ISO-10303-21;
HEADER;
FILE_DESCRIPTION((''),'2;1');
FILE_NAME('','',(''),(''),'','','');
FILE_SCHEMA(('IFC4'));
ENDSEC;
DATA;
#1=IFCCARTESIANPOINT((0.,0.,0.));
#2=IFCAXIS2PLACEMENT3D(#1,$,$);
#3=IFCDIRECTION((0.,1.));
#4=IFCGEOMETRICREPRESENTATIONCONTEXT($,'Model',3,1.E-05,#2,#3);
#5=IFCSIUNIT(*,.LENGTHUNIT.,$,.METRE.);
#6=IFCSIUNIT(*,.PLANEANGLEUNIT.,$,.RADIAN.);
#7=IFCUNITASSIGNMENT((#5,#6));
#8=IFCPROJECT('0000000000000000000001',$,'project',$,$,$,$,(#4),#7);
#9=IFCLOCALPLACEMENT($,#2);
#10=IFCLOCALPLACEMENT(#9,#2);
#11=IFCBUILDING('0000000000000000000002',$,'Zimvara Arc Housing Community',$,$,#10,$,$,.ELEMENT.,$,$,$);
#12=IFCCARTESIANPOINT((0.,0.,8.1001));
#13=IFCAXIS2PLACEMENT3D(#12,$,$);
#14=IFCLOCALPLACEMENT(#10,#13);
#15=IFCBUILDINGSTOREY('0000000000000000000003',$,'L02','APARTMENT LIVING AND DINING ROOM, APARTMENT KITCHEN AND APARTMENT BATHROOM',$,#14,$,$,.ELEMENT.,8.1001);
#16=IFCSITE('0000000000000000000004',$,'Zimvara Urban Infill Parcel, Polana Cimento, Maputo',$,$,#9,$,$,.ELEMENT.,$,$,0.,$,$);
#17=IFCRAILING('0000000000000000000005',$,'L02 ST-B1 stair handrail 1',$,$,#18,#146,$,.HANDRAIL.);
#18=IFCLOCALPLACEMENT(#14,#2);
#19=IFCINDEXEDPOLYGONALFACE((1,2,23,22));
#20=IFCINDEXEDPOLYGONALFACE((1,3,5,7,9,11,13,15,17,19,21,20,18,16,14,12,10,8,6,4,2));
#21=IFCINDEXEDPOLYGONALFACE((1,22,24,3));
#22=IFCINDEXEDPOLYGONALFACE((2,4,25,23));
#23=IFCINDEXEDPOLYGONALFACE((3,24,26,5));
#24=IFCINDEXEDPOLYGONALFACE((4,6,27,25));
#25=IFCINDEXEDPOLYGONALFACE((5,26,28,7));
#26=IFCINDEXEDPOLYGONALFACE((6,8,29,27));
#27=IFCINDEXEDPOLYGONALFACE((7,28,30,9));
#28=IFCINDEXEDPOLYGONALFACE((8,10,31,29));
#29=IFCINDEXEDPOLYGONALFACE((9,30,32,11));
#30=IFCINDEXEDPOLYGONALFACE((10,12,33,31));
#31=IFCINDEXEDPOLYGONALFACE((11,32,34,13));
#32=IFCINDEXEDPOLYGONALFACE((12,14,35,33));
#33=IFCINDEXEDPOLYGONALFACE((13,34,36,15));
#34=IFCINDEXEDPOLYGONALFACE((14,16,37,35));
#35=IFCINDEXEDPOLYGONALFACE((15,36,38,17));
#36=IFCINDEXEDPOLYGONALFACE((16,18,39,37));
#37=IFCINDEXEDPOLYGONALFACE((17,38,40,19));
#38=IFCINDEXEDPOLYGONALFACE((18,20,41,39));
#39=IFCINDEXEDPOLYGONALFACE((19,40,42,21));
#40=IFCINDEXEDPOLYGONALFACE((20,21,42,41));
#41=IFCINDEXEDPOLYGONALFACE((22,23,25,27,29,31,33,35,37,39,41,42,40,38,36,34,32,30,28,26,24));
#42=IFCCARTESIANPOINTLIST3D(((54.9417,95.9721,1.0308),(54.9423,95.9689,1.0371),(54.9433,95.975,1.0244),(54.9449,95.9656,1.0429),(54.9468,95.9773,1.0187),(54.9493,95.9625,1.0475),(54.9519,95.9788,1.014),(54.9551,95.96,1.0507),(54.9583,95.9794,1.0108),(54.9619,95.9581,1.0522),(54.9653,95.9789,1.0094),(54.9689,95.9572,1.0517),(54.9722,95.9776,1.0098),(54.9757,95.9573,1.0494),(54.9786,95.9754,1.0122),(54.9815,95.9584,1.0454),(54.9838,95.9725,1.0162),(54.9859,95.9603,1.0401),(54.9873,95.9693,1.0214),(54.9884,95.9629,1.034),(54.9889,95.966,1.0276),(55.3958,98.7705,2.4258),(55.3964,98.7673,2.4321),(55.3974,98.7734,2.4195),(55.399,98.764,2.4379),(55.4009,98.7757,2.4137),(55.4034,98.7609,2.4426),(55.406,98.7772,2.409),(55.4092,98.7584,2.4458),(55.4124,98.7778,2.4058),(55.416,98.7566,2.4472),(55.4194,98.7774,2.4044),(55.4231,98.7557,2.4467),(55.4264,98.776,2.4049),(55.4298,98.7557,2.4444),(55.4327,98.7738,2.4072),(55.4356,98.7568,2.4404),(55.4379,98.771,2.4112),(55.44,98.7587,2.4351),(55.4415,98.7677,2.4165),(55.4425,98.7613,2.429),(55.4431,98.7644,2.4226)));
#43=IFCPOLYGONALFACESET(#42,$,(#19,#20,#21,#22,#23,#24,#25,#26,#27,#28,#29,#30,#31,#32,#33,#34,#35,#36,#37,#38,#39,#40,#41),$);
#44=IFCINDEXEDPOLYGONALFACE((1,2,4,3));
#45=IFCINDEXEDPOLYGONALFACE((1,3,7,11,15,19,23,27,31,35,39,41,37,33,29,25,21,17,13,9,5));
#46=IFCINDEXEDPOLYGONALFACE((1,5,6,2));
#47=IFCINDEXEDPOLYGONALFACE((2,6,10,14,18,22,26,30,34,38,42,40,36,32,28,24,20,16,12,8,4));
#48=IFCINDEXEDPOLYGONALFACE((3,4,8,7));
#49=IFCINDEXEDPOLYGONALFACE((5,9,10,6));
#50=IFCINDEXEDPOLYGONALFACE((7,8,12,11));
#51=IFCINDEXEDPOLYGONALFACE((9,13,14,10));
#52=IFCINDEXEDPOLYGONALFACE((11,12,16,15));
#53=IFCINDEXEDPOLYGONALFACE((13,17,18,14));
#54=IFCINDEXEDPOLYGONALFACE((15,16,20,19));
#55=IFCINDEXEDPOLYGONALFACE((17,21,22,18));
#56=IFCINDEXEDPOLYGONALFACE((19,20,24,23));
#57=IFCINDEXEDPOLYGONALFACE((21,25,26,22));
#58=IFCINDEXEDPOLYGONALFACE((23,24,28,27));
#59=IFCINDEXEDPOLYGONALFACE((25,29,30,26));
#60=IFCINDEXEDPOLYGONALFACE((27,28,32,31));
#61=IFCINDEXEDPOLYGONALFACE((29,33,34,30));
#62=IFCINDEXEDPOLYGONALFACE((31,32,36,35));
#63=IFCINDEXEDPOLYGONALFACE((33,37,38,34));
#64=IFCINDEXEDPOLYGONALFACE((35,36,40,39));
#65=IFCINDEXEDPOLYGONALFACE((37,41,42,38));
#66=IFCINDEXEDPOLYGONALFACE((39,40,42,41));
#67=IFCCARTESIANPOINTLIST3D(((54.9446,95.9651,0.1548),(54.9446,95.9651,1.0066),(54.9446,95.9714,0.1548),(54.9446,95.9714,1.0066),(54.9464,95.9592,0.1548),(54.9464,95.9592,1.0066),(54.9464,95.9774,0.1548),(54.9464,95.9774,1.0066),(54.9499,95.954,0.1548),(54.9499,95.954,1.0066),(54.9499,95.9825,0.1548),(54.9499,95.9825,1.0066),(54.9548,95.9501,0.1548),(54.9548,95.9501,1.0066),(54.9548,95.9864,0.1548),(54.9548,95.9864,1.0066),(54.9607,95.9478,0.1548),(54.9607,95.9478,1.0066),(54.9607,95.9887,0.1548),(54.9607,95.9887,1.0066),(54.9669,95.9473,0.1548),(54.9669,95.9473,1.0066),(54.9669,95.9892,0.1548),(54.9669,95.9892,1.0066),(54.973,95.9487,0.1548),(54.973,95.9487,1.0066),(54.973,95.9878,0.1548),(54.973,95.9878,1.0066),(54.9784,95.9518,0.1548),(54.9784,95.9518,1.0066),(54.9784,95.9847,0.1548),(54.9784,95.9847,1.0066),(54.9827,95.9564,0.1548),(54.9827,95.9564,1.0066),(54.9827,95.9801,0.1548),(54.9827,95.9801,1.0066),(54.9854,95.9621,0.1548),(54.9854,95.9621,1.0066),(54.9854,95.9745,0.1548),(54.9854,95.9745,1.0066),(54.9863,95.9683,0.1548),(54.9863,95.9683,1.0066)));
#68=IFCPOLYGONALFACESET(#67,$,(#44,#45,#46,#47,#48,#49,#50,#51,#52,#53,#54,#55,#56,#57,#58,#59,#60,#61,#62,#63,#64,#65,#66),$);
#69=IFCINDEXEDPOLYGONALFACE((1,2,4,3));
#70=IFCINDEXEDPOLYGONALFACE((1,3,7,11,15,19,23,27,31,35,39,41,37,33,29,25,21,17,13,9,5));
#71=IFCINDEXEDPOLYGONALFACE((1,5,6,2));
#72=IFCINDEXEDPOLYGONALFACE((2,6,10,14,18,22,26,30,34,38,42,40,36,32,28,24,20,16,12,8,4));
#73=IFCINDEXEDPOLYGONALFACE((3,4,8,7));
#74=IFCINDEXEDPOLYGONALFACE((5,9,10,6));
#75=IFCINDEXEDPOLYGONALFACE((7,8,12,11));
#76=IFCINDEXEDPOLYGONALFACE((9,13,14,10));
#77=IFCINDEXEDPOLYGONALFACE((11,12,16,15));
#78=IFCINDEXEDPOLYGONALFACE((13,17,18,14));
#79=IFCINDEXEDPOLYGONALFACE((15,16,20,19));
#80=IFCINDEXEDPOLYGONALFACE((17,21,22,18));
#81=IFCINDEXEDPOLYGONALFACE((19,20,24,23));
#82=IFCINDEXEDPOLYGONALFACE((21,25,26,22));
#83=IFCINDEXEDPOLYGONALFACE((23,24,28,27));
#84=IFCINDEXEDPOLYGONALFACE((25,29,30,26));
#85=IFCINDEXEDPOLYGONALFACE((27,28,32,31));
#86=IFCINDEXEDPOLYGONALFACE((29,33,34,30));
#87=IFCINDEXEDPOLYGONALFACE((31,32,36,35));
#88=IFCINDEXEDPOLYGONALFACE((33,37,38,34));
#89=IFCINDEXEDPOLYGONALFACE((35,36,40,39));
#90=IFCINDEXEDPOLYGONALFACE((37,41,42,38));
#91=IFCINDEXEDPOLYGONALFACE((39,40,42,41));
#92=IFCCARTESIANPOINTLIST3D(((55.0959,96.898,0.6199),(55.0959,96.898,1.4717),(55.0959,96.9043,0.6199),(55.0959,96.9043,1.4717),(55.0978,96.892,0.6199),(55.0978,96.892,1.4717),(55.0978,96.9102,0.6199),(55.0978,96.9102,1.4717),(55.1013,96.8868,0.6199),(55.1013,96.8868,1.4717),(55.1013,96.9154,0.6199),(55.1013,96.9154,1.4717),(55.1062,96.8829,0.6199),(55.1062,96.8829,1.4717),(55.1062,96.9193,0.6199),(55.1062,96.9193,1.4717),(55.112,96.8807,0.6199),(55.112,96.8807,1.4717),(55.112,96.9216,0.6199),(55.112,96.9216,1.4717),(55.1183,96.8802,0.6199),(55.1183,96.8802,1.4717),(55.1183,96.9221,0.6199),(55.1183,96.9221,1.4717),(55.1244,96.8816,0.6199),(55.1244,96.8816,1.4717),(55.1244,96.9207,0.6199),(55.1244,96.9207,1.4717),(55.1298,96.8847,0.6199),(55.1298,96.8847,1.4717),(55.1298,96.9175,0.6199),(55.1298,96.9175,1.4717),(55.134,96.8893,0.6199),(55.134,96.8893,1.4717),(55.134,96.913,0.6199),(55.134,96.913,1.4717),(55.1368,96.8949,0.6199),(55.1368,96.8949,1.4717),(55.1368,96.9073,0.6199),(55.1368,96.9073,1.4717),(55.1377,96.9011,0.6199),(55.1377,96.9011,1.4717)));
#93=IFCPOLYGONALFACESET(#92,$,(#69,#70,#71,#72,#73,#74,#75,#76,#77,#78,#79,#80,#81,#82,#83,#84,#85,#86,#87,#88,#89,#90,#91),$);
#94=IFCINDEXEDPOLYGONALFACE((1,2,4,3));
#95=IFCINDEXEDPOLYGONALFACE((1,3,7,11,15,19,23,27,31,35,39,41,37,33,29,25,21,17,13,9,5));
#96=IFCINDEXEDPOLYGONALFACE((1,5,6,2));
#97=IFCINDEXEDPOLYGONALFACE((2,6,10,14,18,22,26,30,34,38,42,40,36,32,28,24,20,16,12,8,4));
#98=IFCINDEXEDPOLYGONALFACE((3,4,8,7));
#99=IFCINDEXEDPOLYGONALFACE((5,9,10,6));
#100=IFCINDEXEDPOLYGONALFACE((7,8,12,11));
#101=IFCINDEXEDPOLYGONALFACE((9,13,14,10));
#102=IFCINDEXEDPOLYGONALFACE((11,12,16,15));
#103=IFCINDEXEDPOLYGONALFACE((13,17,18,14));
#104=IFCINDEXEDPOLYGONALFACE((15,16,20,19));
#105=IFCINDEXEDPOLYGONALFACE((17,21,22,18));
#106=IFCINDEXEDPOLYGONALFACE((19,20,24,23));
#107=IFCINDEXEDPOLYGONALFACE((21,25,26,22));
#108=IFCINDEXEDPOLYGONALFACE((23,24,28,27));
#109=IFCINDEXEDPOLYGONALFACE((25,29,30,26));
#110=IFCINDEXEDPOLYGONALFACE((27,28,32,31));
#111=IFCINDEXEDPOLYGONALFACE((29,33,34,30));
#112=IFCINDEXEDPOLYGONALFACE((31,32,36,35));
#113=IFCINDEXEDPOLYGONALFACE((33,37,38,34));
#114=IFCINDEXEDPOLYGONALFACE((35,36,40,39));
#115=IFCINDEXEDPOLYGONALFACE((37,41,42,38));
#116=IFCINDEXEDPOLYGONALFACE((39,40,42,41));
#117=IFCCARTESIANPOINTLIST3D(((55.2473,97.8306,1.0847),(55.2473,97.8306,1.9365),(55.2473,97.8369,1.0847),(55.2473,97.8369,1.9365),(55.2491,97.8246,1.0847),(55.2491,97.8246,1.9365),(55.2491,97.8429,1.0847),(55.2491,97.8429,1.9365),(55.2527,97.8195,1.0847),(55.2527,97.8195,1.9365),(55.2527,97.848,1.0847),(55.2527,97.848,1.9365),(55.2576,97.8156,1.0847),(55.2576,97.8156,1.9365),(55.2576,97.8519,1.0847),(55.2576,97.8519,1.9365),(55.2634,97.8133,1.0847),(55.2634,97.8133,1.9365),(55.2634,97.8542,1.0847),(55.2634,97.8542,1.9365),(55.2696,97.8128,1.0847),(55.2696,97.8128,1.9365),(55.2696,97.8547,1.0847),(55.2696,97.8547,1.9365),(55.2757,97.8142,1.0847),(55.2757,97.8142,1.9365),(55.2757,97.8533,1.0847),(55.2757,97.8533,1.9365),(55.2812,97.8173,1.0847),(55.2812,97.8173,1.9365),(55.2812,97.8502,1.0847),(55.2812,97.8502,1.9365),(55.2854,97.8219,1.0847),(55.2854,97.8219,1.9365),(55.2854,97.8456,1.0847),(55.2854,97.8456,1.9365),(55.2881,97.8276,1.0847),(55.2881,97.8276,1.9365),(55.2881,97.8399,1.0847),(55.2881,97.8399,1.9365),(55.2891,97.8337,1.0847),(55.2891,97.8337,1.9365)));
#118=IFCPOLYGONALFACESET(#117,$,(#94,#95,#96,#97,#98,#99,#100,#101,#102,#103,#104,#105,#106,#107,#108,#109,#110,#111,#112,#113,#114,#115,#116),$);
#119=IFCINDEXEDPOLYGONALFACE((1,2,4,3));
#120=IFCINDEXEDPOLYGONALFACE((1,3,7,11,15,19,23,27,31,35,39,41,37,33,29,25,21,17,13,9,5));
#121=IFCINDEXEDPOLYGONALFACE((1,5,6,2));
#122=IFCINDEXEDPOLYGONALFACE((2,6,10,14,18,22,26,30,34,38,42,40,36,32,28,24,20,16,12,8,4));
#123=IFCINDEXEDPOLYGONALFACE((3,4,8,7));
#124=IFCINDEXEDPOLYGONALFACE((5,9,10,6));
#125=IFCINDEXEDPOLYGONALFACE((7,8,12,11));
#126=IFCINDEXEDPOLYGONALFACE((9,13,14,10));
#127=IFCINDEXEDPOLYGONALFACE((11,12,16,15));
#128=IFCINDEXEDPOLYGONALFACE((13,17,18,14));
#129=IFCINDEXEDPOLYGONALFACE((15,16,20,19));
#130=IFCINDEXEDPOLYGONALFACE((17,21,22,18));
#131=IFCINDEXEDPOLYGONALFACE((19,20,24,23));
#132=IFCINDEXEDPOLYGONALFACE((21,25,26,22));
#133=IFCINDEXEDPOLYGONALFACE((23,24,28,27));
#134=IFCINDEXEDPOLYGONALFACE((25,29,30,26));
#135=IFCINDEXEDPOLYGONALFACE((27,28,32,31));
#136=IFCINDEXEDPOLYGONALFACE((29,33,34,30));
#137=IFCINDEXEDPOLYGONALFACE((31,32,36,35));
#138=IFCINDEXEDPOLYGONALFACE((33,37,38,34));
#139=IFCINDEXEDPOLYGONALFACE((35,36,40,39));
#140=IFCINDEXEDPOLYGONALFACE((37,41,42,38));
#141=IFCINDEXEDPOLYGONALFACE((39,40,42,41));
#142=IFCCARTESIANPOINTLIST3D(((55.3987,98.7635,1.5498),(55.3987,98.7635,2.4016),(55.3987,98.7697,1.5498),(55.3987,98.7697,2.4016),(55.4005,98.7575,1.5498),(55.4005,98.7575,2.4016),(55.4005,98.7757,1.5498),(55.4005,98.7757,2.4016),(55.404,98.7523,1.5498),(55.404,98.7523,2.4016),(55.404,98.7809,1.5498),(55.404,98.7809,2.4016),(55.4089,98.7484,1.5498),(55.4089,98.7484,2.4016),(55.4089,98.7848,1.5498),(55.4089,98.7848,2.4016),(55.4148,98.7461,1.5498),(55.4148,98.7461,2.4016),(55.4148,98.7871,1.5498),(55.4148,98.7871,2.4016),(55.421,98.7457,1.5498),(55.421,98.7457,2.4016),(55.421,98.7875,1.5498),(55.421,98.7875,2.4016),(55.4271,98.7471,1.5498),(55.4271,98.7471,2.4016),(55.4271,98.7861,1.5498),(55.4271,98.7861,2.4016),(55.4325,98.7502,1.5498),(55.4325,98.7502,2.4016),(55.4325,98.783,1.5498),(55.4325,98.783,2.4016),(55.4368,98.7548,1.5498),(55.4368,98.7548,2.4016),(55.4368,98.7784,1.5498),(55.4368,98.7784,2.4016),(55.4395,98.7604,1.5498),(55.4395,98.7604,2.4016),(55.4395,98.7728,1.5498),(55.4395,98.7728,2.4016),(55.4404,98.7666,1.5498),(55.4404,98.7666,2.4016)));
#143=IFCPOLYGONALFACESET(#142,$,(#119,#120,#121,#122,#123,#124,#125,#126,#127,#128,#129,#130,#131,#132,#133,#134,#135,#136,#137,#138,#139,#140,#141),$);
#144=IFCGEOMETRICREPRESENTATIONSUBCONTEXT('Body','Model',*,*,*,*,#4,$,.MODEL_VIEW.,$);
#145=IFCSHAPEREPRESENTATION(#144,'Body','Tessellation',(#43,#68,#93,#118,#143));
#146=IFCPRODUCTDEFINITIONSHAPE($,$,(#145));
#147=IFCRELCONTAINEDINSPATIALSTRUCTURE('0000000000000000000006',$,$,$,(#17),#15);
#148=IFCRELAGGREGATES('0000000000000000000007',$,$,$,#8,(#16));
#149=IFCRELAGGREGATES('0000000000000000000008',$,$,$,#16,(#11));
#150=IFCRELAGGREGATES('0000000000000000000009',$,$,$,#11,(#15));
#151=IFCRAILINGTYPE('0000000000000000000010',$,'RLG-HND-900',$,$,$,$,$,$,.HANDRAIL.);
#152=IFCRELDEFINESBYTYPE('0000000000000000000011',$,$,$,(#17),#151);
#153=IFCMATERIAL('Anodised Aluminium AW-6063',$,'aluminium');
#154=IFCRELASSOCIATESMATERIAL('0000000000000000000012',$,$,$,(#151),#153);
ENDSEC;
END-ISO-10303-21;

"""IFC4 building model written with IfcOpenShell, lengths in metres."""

from ifc_helpers import new_model, si_unit, direction, frame, origin, origin_2d, place, context, subcontext, project, spatial, circle, extrude, material, type_object, element, save


model = new_model("IFC4")

# Units and contexts
model_context = context("Model", 3, precision=1e-05, world=origin(), true_north=direction((0.0, 1.0)))
body_context = subcontext(model_context, "Body", "Model", "MODEL_VIEW")
ifc_project = project(units=[si_unit("LENGTHUNIT", "METRE"), si_unit("PLANEANGLEUNIT", "RADIAN")], contexts=[model_context])

# Site, building, storey
site_placement = place(None, origin())
site = spatial("IfcSite", under=ifc_project, at=site_placement, Name="Zimvara Urban Infill Parcel, Polana Cimento, Maputo", CompositionType="ELEMENT", RefElevation=0.0)
building_placement = place(site_placement, origin())
building = spatial("IfcBuilding", under=site, at=building_placement, Name="Zimvara Arc Housing Community", CompositionType="ELEMENT")
storey_placement = place(building_placement, frame((0.0, 0.0, 8.1001)))
storey = spatial("IfcBuildingStorey", under=building, at=storey_placement, Name="L02", Description="APARTMENT LIVING AND DINING ROOM, APARTMENT KITCHEN AND APARTMENT BATHROOM", CompositionType="ELEMENT", Elevation=8.1001)

# Railing
ifc_material_1 = material(Name="Anodised Aluminium AW-6063", Category="aluminium")
railing_type_1 = type_object("IfcRailingType", Name="RLG-HND-900", PredefinedType="HANDRAIL", material=ifc_material_1)
railing_1_placement = place(storey_placement, frame((54.9653, 95.9683, 0.1548)))
element("IfcRailing", 1, at=railing_1_placement, inside=storey, type_object=railing_type_1, Name="L02 ST-B1 stair handrail 1", PredefinedType="HANDRAIL", context=body_context, shape_type="SweptSolid", body=[
    extrude(circle(Radius=0.0239, at=origin_2d()), frame((0.0, 0.0, 0.876), z_axis=(0.143722, 0.885666, 0.44152), x_axis=(-0.987088, 0.16018, 0.0)), (0.0, 0.0, 1.0), 3.1597),
    extrude(circle(Radius=0.021, at=origin_2d()), origin(), (0.0, 0.0, 1.0), 0.8518),
    extrude(circle(Radius=0.021, at=origin_2d()), frame((0.1514, 0.9329, 0.4651)), (0.0, 0.0, 1.0), 0.8518),
    extrude(circle(Radius=0.021, at=origin_2d()), frame((0.3027, 1.8655, 0.9299)), (0.0, 0.0, 1.0), 0.8518),
    extrude(circle(Radius=0.021, at=origin_2d()), frame((0.4541, 2.7983, 1.395)), (0.0, 0.0, 1.0), 0.8518),
])

save(model, "model.ifc")
